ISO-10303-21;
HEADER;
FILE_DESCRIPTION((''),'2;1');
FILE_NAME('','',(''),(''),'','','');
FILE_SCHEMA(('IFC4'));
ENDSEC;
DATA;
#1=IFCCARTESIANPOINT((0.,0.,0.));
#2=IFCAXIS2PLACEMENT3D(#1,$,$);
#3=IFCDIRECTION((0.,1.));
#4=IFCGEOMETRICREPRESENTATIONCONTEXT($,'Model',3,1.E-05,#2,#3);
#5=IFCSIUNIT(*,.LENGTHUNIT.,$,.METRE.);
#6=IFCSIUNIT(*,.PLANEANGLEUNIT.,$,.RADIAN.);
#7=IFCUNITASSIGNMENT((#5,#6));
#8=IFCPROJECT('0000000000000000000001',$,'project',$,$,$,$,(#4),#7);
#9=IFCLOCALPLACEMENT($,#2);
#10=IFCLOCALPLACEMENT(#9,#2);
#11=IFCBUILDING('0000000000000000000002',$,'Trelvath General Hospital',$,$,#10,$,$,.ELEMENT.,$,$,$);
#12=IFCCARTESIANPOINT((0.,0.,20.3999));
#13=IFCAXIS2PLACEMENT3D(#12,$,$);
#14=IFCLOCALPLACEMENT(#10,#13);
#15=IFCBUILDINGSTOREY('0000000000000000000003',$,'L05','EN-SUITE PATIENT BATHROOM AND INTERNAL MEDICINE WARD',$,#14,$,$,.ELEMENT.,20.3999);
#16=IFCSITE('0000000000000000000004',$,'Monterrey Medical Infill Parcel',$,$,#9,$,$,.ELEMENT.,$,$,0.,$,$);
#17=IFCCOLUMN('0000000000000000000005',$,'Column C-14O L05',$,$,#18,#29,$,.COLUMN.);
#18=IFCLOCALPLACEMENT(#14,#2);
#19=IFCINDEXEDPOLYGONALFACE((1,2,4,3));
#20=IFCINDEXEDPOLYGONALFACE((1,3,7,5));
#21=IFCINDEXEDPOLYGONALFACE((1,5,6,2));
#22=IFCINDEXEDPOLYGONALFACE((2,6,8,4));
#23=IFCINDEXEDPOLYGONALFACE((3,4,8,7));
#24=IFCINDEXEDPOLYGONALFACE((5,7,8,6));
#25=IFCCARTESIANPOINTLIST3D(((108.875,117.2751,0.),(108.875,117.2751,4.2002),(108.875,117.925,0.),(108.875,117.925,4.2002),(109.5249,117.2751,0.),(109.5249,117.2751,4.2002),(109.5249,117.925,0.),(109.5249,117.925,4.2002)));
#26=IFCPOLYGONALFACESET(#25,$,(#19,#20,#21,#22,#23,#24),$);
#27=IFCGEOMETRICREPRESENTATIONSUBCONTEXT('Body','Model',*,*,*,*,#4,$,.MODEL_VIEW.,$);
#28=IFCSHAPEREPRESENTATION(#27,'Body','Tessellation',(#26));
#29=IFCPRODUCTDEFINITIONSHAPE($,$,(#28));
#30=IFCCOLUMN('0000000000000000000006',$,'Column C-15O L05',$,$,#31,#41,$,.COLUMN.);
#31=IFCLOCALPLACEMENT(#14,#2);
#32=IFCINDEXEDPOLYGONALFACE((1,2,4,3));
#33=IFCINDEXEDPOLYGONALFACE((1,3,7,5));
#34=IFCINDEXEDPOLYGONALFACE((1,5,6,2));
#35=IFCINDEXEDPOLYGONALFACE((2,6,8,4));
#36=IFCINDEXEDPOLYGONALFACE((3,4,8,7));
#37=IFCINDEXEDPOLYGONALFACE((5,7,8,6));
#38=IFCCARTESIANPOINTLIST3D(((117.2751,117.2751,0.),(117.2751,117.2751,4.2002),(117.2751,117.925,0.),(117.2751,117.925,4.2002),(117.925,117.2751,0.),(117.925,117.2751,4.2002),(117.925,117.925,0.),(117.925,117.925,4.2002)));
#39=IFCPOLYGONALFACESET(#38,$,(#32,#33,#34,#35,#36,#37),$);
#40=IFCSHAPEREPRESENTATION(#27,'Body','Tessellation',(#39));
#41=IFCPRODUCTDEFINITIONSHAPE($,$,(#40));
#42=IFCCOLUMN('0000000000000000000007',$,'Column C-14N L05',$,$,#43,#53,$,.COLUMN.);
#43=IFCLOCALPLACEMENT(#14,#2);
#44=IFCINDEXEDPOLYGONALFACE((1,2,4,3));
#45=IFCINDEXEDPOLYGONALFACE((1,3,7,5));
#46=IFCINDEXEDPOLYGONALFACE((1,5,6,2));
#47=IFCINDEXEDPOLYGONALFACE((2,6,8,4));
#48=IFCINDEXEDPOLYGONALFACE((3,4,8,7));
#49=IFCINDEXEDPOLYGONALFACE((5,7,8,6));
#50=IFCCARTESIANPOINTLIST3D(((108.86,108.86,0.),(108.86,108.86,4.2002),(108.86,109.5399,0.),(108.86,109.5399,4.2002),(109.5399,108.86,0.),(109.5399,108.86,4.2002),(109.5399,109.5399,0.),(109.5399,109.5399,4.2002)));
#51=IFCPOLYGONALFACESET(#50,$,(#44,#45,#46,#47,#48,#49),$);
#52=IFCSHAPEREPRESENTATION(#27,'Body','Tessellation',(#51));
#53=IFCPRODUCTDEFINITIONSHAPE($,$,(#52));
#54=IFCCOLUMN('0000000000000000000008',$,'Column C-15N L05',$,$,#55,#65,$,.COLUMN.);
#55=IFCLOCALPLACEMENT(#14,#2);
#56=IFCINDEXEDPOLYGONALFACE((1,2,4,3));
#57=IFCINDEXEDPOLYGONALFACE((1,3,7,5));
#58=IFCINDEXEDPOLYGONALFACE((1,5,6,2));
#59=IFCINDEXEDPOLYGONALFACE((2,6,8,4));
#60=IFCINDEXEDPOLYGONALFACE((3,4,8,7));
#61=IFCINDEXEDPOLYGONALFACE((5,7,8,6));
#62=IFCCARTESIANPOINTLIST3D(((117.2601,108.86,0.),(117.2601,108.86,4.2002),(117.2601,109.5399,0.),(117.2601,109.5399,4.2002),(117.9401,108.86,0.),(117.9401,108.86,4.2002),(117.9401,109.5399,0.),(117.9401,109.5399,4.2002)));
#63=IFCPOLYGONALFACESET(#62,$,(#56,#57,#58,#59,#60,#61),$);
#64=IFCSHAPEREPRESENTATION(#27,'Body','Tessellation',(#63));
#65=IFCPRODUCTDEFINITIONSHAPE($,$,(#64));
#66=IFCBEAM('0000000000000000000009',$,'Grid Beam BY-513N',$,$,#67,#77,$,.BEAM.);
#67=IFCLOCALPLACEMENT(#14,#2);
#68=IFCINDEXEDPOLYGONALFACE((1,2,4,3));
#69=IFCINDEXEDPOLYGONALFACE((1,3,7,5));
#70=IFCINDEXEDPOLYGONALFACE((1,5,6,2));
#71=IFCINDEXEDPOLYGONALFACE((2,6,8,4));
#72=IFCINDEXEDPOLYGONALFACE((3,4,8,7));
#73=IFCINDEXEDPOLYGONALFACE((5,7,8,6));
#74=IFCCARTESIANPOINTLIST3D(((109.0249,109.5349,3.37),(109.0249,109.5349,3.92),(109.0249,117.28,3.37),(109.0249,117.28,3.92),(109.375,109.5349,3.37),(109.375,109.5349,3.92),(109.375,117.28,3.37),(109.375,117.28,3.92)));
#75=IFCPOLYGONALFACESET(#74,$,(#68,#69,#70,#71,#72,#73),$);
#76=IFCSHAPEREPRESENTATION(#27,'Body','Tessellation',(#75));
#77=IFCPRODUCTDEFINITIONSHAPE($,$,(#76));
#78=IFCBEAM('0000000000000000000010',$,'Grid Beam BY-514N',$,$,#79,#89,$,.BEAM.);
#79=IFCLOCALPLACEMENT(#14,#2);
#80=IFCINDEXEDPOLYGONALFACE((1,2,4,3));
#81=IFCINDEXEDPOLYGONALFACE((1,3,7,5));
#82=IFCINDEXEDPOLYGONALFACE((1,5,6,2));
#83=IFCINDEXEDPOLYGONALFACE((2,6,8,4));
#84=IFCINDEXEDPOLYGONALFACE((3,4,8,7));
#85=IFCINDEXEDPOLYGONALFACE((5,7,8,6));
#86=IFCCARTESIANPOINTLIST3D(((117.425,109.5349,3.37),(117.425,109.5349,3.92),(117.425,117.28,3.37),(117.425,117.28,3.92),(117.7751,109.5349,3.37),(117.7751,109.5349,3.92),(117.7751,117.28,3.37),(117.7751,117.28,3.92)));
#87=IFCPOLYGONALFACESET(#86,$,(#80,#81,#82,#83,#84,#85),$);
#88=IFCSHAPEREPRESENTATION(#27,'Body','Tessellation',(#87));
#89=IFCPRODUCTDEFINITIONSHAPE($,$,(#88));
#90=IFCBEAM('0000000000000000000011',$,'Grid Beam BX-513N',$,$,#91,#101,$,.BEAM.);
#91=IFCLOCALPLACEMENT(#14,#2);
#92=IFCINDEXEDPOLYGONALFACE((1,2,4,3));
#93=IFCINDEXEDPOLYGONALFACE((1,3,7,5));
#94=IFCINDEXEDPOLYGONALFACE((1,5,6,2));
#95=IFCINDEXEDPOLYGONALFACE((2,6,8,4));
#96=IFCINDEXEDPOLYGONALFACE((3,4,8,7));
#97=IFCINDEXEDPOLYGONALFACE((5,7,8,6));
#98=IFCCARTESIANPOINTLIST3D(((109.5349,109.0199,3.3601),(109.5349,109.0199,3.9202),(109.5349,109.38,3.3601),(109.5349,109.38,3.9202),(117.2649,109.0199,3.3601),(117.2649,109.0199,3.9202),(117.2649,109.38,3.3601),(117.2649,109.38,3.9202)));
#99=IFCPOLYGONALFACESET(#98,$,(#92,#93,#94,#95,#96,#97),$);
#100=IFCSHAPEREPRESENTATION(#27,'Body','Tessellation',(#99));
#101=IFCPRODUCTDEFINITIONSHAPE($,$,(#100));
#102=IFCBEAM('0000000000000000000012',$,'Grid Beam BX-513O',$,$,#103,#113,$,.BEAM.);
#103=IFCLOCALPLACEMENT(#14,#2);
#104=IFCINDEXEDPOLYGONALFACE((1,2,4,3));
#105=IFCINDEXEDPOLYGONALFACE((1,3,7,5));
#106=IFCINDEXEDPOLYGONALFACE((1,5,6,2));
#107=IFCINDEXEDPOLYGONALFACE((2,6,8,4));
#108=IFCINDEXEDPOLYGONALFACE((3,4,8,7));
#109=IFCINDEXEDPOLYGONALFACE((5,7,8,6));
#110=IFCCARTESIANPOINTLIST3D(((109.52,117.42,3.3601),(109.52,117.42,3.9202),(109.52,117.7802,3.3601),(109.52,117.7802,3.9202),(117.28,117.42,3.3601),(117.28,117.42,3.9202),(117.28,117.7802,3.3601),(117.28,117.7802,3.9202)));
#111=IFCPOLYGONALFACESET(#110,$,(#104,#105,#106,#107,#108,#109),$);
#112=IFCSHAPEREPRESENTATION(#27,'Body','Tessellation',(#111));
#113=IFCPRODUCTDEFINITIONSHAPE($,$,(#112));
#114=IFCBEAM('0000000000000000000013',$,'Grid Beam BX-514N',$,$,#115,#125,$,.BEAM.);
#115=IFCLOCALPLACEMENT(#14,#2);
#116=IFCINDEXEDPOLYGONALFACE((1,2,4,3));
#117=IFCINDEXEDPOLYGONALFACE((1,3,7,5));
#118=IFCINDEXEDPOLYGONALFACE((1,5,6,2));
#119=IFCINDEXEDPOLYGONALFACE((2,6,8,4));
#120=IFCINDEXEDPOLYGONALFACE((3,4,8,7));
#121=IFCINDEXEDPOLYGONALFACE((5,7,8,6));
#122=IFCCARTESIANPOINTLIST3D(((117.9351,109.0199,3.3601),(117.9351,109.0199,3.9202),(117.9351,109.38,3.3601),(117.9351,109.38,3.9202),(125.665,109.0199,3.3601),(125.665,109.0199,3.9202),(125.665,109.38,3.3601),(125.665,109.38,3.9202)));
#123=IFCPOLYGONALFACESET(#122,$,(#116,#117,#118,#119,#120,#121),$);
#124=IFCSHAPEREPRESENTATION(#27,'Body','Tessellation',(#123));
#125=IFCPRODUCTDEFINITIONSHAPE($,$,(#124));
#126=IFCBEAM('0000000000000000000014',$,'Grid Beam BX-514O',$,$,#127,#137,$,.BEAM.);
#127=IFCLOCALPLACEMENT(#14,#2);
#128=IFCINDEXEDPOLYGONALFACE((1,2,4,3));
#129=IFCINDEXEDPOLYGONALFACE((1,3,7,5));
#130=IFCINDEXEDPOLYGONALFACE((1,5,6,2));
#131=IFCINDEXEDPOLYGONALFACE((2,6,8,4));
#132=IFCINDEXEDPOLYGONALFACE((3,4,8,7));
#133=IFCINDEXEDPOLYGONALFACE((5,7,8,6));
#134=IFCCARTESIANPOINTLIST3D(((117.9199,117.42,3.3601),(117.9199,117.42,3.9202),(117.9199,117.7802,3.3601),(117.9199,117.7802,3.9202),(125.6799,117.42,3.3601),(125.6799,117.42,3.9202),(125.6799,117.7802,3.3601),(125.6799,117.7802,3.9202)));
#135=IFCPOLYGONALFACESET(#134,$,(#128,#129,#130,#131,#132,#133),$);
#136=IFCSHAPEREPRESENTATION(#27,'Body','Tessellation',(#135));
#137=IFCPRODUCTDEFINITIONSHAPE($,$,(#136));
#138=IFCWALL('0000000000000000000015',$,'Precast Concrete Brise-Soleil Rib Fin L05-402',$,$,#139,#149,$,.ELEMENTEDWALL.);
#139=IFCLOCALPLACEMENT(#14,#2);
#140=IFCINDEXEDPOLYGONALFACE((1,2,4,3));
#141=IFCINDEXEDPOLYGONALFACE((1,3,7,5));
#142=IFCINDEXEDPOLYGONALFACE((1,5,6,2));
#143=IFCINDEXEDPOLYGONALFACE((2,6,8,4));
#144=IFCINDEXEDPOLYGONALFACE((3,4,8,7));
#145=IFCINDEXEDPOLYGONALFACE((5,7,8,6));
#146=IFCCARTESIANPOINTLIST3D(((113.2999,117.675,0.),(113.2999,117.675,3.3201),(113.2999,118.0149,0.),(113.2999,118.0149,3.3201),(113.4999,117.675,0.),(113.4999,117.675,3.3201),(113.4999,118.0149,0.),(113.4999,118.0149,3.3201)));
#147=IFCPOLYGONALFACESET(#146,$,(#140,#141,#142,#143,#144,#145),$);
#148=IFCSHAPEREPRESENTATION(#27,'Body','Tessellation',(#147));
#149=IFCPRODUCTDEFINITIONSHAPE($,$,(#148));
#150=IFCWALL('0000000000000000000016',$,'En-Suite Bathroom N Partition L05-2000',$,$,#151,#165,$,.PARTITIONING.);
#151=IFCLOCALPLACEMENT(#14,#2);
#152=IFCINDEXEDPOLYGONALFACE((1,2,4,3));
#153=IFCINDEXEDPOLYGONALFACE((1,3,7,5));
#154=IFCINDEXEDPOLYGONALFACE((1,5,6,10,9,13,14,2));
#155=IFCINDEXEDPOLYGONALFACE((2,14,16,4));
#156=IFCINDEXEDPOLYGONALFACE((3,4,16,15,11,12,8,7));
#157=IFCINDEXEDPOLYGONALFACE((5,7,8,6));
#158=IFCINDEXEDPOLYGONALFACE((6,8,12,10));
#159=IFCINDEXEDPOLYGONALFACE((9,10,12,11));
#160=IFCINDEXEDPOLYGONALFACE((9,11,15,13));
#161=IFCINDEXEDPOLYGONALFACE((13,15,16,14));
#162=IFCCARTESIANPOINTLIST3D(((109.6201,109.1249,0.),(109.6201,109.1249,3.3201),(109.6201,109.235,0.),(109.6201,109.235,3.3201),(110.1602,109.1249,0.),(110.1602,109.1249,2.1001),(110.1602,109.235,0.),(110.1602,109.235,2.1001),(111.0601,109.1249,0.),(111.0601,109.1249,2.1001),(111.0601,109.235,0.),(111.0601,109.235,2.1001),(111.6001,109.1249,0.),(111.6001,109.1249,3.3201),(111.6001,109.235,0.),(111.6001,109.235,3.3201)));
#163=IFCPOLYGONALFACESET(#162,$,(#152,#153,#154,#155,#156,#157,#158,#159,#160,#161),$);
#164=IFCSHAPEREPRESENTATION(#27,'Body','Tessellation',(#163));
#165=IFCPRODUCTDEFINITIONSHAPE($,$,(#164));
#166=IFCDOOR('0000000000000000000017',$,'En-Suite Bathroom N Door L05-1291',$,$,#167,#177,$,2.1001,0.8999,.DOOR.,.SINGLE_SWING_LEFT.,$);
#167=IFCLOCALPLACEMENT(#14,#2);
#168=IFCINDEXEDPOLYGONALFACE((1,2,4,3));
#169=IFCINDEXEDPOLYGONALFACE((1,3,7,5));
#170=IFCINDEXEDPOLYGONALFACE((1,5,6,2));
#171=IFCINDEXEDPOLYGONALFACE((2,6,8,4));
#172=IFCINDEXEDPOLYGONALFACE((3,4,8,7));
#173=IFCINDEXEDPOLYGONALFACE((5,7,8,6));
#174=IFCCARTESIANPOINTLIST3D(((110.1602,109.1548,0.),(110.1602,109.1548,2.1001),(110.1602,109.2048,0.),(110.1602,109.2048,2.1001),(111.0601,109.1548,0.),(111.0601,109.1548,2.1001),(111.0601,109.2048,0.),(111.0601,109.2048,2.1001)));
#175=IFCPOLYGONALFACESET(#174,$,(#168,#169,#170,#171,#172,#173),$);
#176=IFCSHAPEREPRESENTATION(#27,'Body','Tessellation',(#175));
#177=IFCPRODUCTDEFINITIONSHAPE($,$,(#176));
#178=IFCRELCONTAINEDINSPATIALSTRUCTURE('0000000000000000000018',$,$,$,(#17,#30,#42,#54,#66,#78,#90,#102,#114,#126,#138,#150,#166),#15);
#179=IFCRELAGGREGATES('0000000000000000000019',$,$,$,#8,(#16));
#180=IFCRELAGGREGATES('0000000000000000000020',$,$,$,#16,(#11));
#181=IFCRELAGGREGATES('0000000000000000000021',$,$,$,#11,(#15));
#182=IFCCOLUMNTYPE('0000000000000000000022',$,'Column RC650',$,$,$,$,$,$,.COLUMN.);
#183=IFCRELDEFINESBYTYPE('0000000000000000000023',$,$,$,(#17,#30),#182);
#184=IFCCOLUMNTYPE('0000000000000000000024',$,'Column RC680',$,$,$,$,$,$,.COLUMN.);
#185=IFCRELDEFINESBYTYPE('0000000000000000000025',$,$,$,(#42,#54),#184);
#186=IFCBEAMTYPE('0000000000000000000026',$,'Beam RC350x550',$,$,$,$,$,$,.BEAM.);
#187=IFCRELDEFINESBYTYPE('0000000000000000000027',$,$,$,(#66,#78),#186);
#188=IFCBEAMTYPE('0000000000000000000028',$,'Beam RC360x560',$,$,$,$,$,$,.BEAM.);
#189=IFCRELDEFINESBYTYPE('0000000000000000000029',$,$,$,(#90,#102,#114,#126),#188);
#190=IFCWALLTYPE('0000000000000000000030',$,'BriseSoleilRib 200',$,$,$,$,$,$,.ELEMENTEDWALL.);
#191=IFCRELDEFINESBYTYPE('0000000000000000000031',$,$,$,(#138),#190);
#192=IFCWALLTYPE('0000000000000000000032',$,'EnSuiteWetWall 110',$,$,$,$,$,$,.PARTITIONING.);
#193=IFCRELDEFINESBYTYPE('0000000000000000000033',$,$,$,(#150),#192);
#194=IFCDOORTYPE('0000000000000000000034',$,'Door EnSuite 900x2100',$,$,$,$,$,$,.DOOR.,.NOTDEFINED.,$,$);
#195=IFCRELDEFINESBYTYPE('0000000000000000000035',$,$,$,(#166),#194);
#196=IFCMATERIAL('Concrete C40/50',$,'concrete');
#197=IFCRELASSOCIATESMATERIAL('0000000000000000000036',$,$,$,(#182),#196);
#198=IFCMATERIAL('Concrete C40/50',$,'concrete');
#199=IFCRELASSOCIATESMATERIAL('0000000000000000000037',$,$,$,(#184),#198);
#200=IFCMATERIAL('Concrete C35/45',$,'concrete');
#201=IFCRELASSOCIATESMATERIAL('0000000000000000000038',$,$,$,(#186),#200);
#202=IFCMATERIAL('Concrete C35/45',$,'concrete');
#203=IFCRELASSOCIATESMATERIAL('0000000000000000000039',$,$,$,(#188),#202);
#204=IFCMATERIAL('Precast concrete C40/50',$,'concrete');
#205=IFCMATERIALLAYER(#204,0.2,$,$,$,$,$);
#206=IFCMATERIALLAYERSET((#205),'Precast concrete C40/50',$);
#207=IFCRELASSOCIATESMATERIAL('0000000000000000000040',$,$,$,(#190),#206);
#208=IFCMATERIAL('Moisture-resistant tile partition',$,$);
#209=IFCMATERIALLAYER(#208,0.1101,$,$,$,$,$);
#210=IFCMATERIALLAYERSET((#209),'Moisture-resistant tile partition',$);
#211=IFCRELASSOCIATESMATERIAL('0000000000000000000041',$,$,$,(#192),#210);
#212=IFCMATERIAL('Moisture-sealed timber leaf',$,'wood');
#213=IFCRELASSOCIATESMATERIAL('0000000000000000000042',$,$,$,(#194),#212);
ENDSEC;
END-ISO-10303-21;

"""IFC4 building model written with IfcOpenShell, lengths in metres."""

from ifc_helpers import new_model, si_unit, direction, frame, frame_2d, origin, origin_2d, place, context, subcontext, project, spatial, rectangle, extrude, material, layer, layer_set, material_profile, profile_set, type_object, element, fill, save


model = new_model("IFC4")

# Units and contexts
model_context = context("Model", 3, precision=1e-05, world=origin(), true_north=direction((0.0, 1.0)))
body_context = subcontext(model_context, "Body", "Model", "MODEL_VIEW")
ifc_project = project(units=[si_unit("LENGTHUNIT", "METRE"), si_unit("PLANEANGLEUNIT", "RADIAN")], contexts=[model_context])

# Site, building, storey
site_placement = place(None, origin())
site = spatial("IfcSite", under=ifc_project, at=site_placement, Name="Monterrey Medical Infill Parcel", CompositionType="ELEMENT", RefElevation=0.0)
building_placement = place(site_placement, origin())
building = spatial("IfcBuilding", under=site, at=building_placement, Name="Trelvath General Hospital", CompositionType="ELEMENT")
storey_placement = place(building_placement, frame((0.0, 0.0, 20.3999)))
storey = spatial("IfcBuildingStorey", under=building, at=storey_placement, Name="L05", Description="EN-SUITE PATIENT BATHROOM AND INTERNAL MEDICINE WARD", CompositionType="ELEMENT", Elevation=20.3999)

# Columns
ifc_material_1 = material(Name="Concrete C40/50", Category="concrete")
ifc_material_profile_1 = material_profile(ifc_material_1, rectangle(XDim=0.6499, YDim=0.6499, at=origin_2d()), Name="RC650x650")
ifc_profile_set_1 = profile_set([ifc_material_profile_1], Name="Concrete C40/50")
column_type_1 = type_object("IfcColumnType", Name="Column RC650", PredefinedType="COLUMN", material=ifc_profile_set_1)
for number, where, z_axis, x_axis, name in (
    (1, (109.2, 117.6001, 0.0), (0.0, 0.0, 1.0), (1.0, 0.0, 0.0), "Column C-14O L05"),
    (2, (117.6001, 117.6001, 0.0), (0.0, 0.0, 1.0), (1.0, 0.0, 0.0), "Column C-15O L05"),
):
    element("IfcColumn", number, at=place(storey_placement, frame(where, z_axis=z_axis, x_axis=x_axis)), inside=storey, type_object=column_type_1, Name=name, PredefinedType="COLUMN", context=body_context, shape_type="SweptSolid", body=[
        extrude(rectangle(XDim=0.6499, YDim=0.6499, at=origin_2d()), origin(), (0.0, 0.0, 1.0), 4.2002),
    ])
ifc_material_2 = material(Name="Concrete C40/50", Category="concrete")
ifc_material_profile_2 = material_profile(ifc_material_2, rectangle(XDim=0.6799, YDim=0.6799, at=origin_2d()), Name="RC680x680")
ifc_profile_set_2 = profile_set([ifc_material_profile_2], Name="Concrete C40/50")
column_type_2 = type_object("IfcColumnType", Name="Column RC680", PredefinedType="COLUMN", material=ifc_profile_set_2)
for number, where, z_axis, x_axis, name in (
    (3, (109.2, 109.2, 0.0), (0.0, 0.0, 1.0), (1.0, 0.0, 0.0), "Column C-14N L05"),
    (4, (117.6001, 109.2, 0.0), (0.0, 0.0, 1.0), (1.0, 0.0, 0.0), "Column C-15N L05"),
):
    element("IfcColumn", number, at=place(storey_placement, frame(where, z_axis=z_axis, x_axis=x_axis)), inside=storey, type_object=column_type_2, Name=name, PredefinedType="COLUMN", context=body_context, shape_type="SweptSolid", body=[
        extrude(rectangle(XDim=0.6799, YDim=0.6799, at=origin_2d()), origin(), (0.0, 0.0, 1.0), 4.2002),
    ])

# Beams
ifc_material_3 = material(Name="Concrete C35/45", Category="concrete")
ifc_material_profile_3 = material_profile(ifc_material_3, rectangle(XDim=0.3501, YDim=0.55, at=origin_2d()), Name="RCB350x550")
ifc_profile_set_3 = profile_set([ifc_material_profile_3], Name="Concrete C35/45")
beam_type_1 = type_object("IfcBeamType", Name="Beam RC350x550", PredefinedType="BEAM", material=ifc_profile_set_3)
for number, where, z_axis, x_axis, name in (
    (5, (109.2, 109.5349, 3.645), (0.0, 1.0, 0.0), (-1.0, 0.0, 0.0), "Grid Beam BY-513N"),
    (6, (117.6001, 109.5349, 3.645), (0.0, 1.0, 0.0), (-1.0, 0.0, 0.0), "Grid Beam BY-514N"),
):
    element("IfcBeam", number, at=place(storey_placement, frame(where, z_axis=z_axis, x_axis=x_axis)), inside=storey, type_object=beam_type_1, Name=name, PredefinedType="BEAM", context=body_context, shape_type="SweptSolid", body=[
        extrude(rectangle(XDim=0.3501, YDim=0.55, at=origin_2d()), origin(), (0.0, 0.0, 1.0), 7.7451),
    ])
ifc_material_4 = material(Name="Concrete C35/45", Category="concrete")
ifc_material_profile_4 = material_profile(ifc_material_4, rectangle(XDim=0.3601, YDim=0.5601, at=origin_2d()), Name="RCB360x560")
ifc_profile_set_4 = profile_set([ifc_material_profile_4], Name="Concrete C35/45")
beam_type_2 = type_object("IfcBeamType", Name="Beam RC360x560", PredefinedType="BEAM", material=ifc_profile_set_4)
beam_1_placement = place(storey_placement, frame((109.5349, 109.2, 3.6401), z_axis=(1.0, 0.0, 0.0), x_axis=(0.0, 1.0, 0.0)))
element("IfcBeam", 7, at=beam_1_placement, inside=storey, type_object=beam_type_2, Name="Grid Beam BX-513N", PredefinedType="BEAM", context=body_context, shape_type="SweptSolid", body=[
    extrude(rectangle(XDim=0.3601, YDim=0.5601, at=origin_2d()), origin(), (0.0, 0.0, 1.0), 7.73),
])
beam_2_placement = place(storey_placement, frame((109.52, 117.6001, 3.6401), z_axis=(1.0, 0.0, 0.0), x_axis=(0.0, 1.0, 0.0)))
element("IfcBeam", 8, at=beam_2_placement, inside=storey, type_object=beam_type_2, Name="Grid Beam BX-513O", PredefinedType="BEAM", context=body_context, shape_type="SweptSolid", body=[
    extrude(rectangle(XDim=0.3601, YDim=0.5601, at=origin_2d()), origin(), (0.0, 0.0, 1.0), 7.76),
])
beam_3_placement = place(storey_placement, frame((117.9351, 109.2, 3.6401), z_axis=(1.0, 0.0, 0.0), x_axis=(0.0, 1.0, 0.0)))
element("IfcBeam", 9, at=beam_3_placement, inside=storey, type_object=beam_type_2, Name="Grid Beam BX-514N", PredefinedType="BEAM", context=body_context, shape_type="SweptSolid", body=[
    extrude(rectangle(XDim=0.3601, YDim=0.5601, at=origin_2d()), origin(), (0.0, 0.0, 1.0), 7.73),
])
beam_4_placement = place(storey_placement, frame((117.9199, 117.6001, 3.6401), z_axis=(1.0, 0.0, 0.0), x_axis=(0.0, 1.0, 0.0)))
element("IfcBeam", 10, at=beam_4_placement, inside=storey, type_object=beam_type_2, Name="Grid Beam BX-514O", PredefinedType="BEAM", context=body_context, shape_type="SweptSolid", body=[
    extrude(rectangle(XDim=0.3601, YDim=0.5601, at=origin_2d()), origin(), (0.0, 0.0, 1.0), 7.76),
])

# Wall
ifc_material_5 = material(Name="Precast concrete C40/50", Category="concrete")
ifc_layer_1 = layer(ifc_material_5, 0.2)
ifc_layer_set_1 = layer_set([ifc_layer_1], Name="Precast concrete C40/50")
wall_type_1 = type_object("IfcWallType", Name="BriseSoleilRib 200", PredefinedType="ELEMENTEDWALL", material=ifc_layer_set_1)
wall_1_placement = place(storey_placement, frame((113.3999, 117.675, 0.0), z_axis=(0.0, 0.0, 1.0), x_axis=(0.0, 1.0, 0.0)))
element("IfcWall", 11, at=wall_1_placement, inside=storey, type_object=wall_type_1, Name="Precast Concrete Brise-Soleil Rib Fin L05-402", PredefinedType="ELEMENTEDWALL", context=body_context, shape_type="SweptSolid", body=[
    extrude(rectangle(XDim=0.3398, YDim=0.2, at=frame_2d((0.1699, 0.0))), origin(), (0.0, 0.0, 1.0), 3.3201),
])

# Wall, opening, door
ifc_material_6 = material(Name="Moisture-resistant tile partition")
ifc_layer_2 = layer(ifc_material_6, 0.1101)
ifc_layer_set_2 = layer_set([ifc_layer_2], Name="Moisture-resistant tile partition")
wall_type_2 = type_object("IfcWallType", Name="EnSuiteWetWall 110", PredefinedType="PARTITIONING", material=ifc_layer_set_2)
wall_2_placement = place(storey_placement, frame((109.6201, 109.1799, 0.0), z_axis=(0.0, 0.0, 1.0), x_axis=(1.0, 0.0, 0.0)))
wall_2 = element("IfcWall", 12, at=wall_2_placement, inside=storey, type_object=wall_type_2, Name="En-Suite Bathroom N Partition L05-2000", PredefinedType="PARTITIONING", context=body_context, shape_type="SweptSolid", body=[
    extrude(rectangle(XDim=1.98, YDim=0.1101, at=frame_2d((0.99, 0.0))), origin(), (0.0, 0.0, 1.0), 3.3201),
])
opening_1_placement = place(wall_2_placement, frame((0.54, 0.0, 0.0)))
opening_1 = element("IfcOpeningElement", 13, at=opening_1_placement, cuts=wall_2, PredefinedType="OPENING", context=body_context, shape_type="SweptSolid", body=[
    extrude(rectangle(XDim=0.8999, YDim=2.1001, at=frame_2d((0.45, 1.05))), frame((0.0, 0.0649, 0.0), z_axis=(0.0, -1.0, 0.0), x_axis=(1.0, 0.0, 0.0)), (0.0, 0.0, 1.0), 0.1301),
])
ifc_material_7 = material(Name="Moisture-sealed timber leaf", Category="wood")
door_type = type_object("IfcDoorType", Name="Door EnSuite 900x2100", OperationType="NOTDEFINED", PredefinedType="DOOR", material=ifc_material_7)
door_1_placement = place(opening_1_placement, origin())
door_1 = element("IfcDoor", 14, at=door_1_placement, inside=storey, type_object=door_type, Name="En-Suite Bathroom N Door L05-1291", OperationType="SINGLE_SWING_LEFT", OverallHeight=2.1001, OverallWidth=0.8999, PredefinedType="DOOR", context=body_context, shape_type="SweptSolid", body=[
    extrude(rectangle(XDim=0.8999, YDim=2.1001, at=frame_2d((0.45, 1.05))), frame((0.0, 0.0249, 0.0), z_axis=(0.0, -1.0, 0.0), x_axis=(1.0, 0.0, 0.0)), (0.0, 0.0, 1.0), 0.05),
])
fill(opening_1, door_1)

save(model, "model.ifc")
